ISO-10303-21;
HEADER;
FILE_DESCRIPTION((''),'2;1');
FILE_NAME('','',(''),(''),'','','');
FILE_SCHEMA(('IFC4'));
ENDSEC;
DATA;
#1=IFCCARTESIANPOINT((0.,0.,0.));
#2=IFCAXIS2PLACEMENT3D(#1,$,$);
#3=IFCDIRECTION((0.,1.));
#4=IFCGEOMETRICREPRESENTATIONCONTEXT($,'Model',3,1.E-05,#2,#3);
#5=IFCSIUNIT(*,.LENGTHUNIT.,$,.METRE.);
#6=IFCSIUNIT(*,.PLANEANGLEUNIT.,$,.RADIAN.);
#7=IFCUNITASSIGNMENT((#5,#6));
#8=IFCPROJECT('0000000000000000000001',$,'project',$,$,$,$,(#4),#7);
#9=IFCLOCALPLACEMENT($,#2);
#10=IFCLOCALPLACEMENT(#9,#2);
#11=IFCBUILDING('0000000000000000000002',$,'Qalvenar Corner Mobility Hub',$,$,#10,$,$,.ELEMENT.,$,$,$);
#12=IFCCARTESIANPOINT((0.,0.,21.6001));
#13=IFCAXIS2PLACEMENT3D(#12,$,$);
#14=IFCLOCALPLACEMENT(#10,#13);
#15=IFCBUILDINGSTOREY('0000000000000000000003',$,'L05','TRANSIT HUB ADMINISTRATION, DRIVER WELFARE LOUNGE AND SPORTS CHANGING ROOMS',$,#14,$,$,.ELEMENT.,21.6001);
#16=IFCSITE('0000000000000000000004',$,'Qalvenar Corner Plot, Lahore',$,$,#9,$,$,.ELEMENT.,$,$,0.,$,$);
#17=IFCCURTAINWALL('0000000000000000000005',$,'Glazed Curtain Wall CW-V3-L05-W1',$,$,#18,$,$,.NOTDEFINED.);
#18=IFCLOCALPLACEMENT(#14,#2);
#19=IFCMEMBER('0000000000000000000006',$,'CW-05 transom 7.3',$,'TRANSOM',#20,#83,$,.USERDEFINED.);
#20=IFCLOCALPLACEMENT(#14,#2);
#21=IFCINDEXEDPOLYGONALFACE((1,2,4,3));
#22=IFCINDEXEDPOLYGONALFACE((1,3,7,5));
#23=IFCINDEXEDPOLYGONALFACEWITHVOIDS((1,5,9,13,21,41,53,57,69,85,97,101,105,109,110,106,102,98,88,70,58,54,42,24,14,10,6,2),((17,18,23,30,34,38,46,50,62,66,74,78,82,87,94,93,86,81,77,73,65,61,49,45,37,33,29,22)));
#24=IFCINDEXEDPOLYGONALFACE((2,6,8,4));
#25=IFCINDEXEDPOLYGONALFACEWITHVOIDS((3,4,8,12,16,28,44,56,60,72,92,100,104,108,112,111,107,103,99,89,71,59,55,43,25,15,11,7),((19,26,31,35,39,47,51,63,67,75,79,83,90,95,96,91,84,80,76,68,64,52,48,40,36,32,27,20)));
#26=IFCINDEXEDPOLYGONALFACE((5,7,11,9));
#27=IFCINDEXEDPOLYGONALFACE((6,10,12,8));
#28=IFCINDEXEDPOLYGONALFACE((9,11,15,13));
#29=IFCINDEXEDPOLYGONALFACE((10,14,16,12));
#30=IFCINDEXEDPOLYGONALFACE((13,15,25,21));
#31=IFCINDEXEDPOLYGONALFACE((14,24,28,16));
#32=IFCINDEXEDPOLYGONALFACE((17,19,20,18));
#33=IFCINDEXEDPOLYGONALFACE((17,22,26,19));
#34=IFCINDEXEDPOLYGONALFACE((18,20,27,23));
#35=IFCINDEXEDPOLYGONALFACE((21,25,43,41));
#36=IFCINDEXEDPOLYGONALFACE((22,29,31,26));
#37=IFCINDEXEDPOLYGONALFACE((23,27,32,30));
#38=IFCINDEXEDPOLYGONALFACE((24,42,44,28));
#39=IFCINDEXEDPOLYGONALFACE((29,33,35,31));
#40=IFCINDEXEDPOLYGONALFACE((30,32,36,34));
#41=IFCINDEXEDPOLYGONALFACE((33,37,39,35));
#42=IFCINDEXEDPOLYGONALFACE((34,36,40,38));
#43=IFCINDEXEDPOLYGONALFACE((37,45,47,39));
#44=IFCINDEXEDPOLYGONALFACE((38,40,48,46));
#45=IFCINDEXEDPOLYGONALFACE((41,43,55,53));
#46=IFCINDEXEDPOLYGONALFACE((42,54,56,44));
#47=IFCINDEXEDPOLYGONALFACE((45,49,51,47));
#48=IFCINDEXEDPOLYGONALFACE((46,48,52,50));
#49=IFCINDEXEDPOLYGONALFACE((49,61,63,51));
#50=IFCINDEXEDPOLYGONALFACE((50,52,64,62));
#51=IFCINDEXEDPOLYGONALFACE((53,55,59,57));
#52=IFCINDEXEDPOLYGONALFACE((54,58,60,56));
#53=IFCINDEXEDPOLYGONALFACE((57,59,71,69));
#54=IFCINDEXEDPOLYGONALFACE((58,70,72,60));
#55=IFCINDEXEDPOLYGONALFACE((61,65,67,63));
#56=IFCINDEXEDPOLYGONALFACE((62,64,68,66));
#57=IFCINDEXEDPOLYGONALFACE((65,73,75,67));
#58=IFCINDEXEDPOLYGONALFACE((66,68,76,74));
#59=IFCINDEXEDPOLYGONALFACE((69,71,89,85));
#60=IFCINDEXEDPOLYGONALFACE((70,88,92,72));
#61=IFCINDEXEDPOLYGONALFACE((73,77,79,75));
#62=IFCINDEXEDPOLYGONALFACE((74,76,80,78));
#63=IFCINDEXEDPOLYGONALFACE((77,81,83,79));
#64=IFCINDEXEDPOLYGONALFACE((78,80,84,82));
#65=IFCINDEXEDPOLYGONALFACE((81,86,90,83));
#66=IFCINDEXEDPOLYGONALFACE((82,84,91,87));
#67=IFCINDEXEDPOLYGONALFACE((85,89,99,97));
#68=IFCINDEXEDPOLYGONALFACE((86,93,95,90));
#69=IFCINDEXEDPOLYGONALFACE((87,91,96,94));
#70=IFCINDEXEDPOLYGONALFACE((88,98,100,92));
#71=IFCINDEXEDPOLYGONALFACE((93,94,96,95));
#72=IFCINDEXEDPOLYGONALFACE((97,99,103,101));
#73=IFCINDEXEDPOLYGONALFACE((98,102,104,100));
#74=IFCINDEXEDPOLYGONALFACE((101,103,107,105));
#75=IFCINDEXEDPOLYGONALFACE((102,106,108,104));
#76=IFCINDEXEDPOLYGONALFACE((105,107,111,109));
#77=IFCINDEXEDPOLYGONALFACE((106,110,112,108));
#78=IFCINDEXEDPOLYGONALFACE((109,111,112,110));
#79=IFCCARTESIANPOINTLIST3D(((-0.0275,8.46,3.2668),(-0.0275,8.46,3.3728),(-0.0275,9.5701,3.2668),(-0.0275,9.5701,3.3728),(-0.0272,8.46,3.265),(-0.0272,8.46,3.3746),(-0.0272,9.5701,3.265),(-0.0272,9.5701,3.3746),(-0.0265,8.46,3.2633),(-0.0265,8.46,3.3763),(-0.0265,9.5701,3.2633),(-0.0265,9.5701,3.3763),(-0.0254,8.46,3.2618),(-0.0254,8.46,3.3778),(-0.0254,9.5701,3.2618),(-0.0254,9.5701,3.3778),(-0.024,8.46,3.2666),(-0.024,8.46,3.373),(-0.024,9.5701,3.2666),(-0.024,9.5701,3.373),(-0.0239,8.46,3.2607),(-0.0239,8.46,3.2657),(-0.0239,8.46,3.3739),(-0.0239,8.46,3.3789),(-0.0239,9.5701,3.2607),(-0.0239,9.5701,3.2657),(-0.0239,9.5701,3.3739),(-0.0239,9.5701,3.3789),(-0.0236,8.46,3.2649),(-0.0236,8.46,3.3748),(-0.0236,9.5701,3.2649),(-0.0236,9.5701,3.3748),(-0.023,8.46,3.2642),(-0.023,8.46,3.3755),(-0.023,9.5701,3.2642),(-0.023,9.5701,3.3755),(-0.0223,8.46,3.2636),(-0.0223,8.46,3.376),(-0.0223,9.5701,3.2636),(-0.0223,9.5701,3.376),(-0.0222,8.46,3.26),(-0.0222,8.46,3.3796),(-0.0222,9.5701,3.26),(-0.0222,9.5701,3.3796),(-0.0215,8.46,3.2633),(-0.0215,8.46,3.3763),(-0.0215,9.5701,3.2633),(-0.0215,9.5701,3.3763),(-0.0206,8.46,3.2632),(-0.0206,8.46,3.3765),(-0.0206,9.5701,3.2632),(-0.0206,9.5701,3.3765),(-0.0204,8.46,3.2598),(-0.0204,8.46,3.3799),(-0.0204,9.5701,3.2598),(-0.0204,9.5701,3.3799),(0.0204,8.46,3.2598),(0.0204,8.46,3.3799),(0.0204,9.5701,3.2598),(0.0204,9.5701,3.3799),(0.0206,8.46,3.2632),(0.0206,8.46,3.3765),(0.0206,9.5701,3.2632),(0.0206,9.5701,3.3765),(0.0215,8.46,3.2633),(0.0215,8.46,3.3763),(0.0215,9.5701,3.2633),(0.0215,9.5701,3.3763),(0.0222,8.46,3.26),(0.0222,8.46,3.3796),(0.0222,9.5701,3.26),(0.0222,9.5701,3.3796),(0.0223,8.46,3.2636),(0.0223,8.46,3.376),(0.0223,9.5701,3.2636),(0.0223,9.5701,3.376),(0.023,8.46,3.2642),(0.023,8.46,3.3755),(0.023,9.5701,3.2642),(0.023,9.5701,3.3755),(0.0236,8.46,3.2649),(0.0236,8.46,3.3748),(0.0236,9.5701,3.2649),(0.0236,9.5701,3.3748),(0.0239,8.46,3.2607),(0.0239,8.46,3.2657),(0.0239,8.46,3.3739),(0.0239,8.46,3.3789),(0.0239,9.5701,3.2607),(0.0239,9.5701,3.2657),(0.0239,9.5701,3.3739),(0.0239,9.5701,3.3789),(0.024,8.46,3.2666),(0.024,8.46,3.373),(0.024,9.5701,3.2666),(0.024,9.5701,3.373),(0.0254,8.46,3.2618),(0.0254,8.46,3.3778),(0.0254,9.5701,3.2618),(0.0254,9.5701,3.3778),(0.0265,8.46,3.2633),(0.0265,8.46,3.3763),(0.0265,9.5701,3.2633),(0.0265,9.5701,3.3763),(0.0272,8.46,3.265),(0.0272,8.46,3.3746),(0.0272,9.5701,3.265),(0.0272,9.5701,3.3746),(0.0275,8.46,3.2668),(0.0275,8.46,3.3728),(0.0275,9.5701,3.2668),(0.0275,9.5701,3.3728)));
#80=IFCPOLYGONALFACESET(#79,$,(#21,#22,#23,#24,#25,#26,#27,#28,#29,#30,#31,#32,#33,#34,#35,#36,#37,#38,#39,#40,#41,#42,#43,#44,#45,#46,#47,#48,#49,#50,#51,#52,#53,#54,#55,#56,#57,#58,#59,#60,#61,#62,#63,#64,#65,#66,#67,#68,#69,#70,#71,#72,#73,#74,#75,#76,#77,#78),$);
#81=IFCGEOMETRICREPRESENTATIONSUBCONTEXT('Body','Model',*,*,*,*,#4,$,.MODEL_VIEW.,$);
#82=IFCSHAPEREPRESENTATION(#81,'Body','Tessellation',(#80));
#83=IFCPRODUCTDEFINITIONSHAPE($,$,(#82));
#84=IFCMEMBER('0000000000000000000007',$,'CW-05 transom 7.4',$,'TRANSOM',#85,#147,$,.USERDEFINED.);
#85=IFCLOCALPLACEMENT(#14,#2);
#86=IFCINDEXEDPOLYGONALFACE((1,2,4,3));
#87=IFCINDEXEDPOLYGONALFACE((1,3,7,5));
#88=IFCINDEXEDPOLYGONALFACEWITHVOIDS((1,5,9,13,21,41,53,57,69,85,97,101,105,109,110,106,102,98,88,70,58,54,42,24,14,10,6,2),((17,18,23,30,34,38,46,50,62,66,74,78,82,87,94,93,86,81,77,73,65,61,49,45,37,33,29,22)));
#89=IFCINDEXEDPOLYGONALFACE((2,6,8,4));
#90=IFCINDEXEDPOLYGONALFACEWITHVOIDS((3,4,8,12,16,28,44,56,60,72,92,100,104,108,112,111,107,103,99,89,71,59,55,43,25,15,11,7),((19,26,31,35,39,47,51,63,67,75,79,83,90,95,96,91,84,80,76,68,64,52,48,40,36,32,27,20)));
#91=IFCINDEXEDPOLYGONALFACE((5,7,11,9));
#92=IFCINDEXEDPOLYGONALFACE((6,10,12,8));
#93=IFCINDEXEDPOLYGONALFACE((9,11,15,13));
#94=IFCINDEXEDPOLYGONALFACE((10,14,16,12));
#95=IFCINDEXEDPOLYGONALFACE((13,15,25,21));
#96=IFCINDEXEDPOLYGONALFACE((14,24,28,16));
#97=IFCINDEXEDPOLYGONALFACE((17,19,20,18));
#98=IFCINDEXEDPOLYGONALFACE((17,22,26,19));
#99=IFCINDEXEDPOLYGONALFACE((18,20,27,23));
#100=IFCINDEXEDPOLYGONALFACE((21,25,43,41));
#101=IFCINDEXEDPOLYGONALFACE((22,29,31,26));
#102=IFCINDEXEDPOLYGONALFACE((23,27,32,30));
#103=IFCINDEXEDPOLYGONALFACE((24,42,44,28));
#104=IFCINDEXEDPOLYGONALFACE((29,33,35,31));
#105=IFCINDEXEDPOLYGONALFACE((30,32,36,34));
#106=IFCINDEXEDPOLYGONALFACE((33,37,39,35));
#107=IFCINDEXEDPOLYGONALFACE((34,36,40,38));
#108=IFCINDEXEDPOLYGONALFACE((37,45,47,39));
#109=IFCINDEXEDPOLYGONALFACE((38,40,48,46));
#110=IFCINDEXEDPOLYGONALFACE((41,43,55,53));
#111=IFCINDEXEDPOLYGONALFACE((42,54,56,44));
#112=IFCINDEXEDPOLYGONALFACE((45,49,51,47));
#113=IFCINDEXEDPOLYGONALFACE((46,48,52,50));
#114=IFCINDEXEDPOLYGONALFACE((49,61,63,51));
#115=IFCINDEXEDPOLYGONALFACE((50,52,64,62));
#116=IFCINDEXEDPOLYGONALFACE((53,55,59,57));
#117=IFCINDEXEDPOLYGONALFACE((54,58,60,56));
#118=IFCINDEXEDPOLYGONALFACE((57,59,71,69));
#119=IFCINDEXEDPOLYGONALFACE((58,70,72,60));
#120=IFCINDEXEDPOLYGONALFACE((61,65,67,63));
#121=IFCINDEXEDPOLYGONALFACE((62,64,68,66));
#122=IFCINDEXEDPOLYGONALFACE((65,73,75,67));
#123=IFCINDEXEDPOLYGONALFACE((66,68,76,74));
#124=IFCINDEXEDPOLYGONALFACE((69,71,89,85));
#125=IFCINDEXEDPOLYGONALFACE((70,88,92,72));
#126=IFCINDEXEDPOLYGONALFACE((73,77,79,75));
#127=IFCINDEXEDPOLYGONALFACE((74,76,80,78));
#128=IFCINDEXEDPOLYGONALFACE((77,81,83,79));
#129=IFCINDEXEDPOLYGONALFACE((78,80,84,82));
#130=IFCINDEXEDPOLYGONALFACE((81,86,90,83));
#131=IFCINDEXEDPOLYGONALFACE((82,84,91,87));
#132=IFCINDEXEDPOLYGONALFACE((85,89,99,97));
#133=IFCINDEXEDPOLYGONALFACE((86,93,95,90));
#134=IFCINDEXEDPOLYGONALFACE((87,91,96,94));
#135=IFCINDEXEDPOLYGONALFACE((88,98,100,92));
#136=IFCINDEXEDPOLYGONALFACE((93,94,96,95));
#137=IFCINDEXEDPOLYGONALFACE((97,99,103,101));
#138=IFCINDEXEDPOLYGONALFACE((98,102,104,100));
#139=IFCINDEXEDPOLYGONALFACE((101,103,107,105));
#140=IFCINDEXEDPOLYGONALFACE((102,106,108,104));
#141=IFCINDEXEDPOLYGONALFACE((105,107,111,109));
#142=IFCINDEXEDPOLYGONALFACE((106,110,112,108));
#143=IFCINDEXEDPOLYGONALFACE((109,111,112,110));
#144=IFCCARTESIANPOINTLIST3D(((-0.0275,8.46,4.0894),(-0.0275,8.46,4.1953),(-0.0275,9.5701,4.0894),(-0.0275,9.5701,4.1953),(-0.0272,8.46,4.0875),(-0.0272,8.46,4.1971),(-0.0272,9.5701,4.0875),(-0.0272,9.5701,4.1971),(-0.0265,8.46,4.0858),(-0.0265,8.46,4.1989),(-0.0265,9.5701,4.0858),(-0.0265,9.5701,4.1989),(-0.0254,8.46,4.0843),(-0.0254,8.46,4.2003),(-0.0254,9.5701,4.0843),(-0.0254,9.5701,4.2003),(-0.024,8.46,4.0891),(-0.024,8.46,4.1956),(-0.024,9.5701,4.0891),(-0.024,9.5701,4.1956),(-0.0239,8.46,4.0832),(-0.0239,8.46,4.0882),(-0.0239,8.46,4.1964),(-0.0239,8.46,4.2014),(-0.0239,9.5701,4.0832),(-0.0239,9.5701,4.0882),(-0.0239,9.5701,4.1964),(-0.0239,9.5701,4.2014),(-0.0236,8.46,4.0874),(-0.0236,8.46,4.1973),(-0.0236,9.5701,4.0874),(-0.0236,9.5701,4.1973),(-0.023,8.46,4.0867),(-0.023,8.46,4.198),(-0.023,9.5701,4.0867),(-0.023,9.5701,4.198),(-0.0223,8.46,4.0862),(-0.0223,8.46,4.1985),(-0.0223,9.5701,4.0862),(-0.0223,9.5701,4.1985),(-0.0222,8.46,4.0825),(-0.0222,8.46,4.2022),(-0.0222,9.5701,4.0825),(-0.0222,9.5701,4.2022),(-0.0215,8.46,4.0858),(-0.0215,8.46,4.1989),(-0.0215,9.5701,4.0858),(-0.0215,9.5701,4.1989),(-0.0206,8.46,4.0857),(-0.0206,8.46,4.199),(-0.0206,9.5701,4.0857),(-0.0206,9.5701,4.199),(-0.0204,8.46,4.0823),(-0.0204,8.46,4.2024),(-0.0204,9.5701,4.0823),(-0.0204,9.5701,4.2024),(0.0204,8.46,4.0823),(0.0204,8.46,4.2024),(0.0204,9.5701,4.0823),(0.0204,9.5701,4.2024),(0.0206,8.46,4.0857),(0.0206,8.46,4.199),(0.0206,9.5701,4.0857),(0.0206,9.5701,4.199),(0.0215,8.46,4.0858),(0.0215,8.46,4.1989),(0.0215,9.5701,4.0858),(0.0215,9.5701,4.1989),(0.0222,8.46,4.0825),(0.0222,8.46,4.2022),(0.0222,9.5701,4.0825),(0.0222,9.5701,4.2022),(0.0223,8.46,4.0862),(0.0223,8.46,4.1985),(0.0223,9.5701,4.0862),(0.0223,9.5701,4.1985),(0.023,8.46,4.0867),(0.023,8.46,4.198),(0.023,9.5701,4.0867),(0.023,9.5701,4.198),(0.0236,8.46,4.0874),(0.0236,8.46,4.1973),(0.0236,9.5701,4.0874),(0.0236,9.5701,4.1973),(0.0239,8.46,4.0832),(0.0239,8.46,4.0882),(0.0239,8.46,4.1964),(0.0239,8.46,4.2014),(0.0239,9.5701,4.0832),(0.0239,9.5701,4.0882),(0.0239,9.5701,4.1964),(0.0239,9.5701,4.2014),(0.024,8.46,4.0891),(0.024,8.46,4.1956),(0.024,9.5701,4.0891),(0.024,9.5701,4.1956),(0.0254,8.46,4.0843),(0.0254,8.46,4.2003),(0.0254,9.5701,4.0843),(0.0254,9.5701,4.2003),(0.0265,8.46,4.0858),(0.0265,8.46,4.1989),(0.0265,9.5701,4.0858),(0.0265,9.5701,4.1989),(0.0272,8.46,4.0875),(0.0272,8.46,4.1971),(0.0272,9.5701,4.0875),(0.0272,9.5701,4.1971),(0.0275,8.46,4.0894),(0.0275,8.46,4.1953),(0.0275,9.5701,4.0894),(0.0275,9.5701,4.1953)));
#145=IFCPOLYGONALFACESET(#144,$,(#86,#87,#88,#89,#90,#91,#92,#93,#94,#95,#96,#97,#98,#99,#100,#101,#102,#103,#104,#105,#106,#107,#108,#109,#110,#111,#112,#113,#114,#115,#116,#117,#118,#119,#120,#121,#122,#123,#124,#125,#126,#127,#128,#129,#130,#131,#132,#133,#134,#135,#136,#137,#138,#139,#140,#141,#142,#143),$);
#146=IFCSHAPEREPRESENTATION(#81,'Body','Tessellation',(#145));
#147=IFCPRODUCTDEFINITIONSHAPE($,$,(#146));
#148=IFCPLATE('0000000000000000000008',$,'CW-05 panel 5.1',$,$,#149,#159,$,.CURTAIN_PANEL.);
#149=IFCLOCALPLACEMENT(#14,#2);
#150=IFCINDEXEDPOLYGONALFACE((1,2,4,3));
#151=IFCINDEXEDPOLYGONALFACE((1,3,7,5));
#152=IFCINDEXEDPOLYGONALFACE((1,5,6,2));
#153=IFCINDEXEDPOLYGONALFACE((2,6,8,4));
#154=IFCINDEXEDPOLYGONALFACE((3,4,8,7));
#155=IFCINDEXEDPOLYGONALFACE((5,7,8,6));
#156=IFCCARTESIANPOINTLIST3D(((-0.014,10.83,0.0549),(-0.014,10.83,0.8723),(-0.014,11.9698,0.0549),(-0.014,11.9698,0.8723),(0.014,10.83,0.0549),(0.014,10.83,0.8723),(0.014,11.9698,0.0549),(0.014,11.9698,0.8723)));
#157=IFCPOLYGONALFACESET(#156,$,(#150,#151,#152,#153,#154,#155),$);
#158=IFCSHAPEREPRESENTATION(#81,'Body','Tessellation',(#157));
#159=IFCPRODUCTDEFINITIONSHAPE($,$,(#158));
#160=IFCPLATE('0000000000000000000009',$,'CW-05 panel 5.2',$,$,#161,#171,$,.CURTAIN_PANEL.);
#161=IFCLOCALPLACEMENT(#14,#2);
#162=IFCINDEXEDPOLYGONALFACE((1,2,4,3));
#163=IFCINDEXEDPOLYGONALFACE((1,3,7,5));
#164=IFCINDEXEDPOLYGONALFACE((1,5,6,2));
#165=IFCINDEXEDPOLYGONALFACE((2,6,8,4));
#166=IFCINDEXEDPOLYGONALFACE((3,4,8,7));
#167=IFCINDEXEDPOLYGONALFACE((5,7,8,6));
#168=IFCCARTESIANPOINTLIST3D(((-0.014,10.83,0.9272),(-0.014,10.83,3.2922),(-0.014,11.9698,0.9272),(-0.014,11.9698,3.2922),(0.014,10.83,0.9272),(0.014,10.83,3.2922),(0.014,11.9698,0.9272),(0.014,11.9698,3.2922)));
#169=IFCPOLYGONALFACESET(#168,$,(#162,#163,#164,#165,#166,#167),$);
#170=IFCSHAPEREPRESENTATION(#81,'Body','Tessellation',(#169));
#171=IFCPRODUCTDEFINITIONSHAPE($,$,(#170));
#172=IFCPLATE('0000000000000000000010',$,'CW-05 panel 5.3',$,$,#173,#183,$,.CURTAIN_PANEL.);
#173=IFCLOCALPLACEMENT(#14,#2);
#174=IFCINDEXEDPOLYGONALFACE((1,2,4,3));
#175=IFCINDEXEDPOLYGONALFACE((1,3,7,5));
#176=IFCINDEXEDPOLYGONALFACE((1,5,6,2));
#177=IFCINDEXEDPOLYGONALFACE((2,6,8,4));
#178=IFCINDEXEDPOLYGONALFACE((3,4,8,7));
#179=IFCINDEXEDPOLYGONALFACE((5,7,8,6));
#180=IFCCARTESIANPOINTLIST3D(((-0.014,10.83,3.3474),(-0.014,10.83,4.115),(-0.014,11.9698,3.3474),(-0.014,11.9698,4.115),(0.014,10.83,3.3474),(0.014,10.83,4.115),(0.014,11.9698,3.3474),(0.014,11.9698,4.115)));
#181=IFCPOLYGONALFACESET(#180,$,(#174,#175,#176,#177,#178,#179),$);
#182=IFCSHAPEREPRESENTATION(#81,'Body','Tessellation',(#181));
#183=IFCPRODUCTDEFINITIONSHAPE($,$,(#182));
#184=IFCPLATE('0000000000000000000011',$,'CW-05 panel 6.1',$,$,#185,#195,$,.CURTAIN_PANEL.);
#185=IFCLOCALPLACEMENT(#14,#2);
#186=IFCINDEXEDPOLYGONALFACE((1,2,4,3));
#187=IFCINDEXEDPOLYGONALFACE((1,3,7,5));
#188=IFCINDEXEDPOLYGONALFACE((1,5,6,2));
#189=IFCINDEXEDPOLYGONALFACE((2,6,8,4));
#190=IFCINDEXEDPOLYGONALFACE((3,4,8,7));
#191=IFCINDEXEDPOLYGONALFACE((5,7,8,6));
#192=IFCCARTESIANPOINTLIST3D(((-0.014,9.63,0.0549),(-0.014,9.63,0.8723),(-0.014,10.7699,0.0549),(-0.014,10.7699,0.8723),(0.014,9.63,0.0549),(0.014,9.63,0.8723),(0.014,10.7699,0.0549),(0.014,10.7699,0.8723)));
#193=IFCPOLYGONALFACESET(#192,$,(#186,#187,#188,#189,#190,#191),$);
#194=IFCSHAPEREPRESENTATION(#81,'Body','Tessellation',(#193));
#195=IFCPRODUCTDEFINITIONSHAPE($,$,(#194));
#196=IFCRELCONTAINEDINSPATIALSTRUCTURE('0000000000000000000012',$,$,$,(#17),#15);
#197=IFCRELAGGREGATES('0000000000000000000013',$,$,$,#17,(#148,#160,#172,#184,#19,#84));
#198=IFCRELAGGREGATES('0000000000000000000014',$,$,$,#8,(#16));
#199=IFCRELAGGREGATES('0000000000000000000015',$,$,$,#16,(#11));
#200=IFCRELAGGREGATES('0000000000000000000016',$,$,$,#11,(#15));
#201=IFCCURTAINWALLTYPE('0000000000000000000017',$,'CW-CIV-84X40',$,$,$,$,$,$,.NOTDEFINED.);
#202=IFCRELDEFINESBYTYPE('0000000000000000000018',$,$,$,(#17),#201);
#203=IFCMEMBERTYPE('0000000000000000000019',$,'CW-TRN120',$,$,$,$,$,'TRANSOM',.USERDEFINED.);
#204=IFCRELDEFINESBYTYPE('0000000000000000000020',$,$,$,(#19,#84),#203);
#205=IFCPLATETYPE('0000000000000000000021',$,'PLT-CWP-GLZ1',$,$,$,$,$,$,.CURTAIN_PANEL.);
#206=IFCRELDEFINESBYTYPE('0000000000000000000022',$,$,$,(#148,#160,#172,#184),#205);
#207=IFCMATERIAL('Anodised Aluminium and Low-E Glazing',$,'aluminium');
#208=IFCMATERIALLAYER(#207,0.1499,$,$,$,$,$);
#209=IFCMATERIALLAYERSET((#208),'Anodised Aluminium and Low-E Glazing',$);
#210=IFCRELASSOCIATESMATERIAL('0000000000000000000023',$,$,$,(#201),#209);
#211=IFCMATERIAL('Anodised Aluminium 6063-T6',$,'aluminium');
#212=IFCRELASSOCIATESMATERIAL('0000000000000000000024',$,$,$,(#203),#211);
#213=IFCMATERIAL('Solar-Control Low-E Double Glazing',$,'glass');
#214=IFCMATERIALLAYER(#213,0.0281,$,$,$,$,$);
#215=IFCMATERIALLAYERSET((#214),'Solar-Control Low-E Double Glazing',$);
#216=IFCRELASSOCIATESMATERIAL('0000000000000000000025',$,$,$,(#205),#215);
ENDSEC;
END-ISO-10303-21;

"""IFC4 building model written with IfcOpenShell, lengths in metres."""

from ifc_helpers import new_model, si_unit, direction, frame, origin, origin_2d, place, context, subcontext, project, spatial, rectangle, hollow_rectangle, extrude, material, layer, layer_set, material_profile, profile_set, type_object, element, aggregate, save


model = new_model("IFC4")

# Units and contexts
model_context = context("Model", 3, precision=1e-05, world=origin(), true_north=direction((0.0, 1.0)))
body_context = subcontext(model_context, "Body", "Model", "MODEL_VIEW")
ifc_project = project(units=[si_unit("LENGTHUNIT", "METRE"), si_unit("PLANEANGLEUNIT", "RADIAN")], contexts=[model_context])

# Site, building, storey
site_placement = place(None, origin())
site = spatial("IfcSite", under=ifc_project, at=site_placement, Name="Qalvenar Corner Plot, Lahore", CompositionType="ELEMENT", RefElevation=0.0)
building_placement = place(site_placement, origin())
building = spatial("IfcBuilding", under=site, at=building_placement, Name="Qalvenar Corner Mobility Hub", CompositionType="ELEMENT")
storey_placement = place(building_placement, frame((0.0, 0.0, 21.6001)))
storey = spatial("IfcBuildingStorey", under=building, at=storey_placement, Name="L05", Description="TRANSIT HUB ADMINISTRATION, DRIVER WELFARE LOUNGE AND SPORTS CHANGING ROOMS", CompositionType="ELEMENT", Elevation=21.6001)

# Curtain wall, members, plates
ifc_material_1 = material(Name="Anodised Aluminium and Low-E Glazing", Category="aluminium")
ifc_layer_1 = layer(ifc_material_1, 0.1499)
ifc_layer_set_1 = layer_set([ifc_layer_1], Name="Anodised Aluminium and Low-E Glazing")
curtain_wall_type = type_object("IfcCurtainWallType", Name="CW-CIV-84X40", PredefinedType="NOTDEFINED", material=ifc_layer_set_1)
curtain_wall_placement = place(storey_placement, origin())
curtain_wall = element("IfcCurtainWall", 1, at=curtain_wall_placement, inside=storey, type_object=curtain_wall_type, Name="Glazed Curtain Wall CW-V3-L05-W1", PredefinedType="NOTDEFINED")
ifc_material_2 = material(Name="Anodised Aluminium 6063-T6", Category="aluminium")
ifc_material_profile_1 = material_profile(ifc_material_2, hollow_rectangle(XDim=0.0549, YDim=0.1201, WallThickness=0.0034, InnerFilletRadius=0.0034, OuterFilletRadius=0.0071, at=origin_2d()), Name="RHS120x55x3.5")
ifc_profile_set_1 = profile_set([ifc_material_profile_1], Name="Anodised Aluminium 6063-T6")
member_type_1 = type_object("IfcMemberType", Name="CW-TRN120", ElementType="TRANSOM", PredefinedType="USERDEFINED", material=ifc_profile_set_1)
member_1_placement = place(storey_placement, frame((0.0, 9.5701, 3.3198), z_axis=(0.0, -1.0, 0.0), x_axis=(1.0, 0.0, 0.0)))
member_1 = element("IfcMember", 2, at=member_1_placement, type_object=member_type_1, Name="CW-05 transom 7.3", ObjectType="TRANSOM", PredefinedType="USERDEFINED", context=body_context, shape_type="SweptSolid", body=[
    extrude(hollow_rectangle(XDim=0.0549, YDim=0.1201, WallThickness=0.0034, InnerFilletRadius=0.0034, OuterFilletRadius=0.0071, at=origin_2d()), origin(), (0.0, 0.0, 1.0), 1.1101),
])
member_2_placement = place(storey_placement, frame((0.0, 9.5701, 4.1423), z_axis=(0.0, -1.0, 0.0), x_axis=(1.0, 0.0, 0.0)))
member_2 = element("IfcMember", 3, at=member_2_placement, type_object=member_type_1, Name="CW-05 transom 7.4", ObjectType="TRANSOM", PredefinedType="USERDEFINED", context=body_context, shape_type="SweptSolid", body=[
    extrude(hollow_rectangle(XDim=0.0549, YDim=0.1201, WallThickness=0.0034, InnerFilletRadius=0.0034, OuterFilletRadius=0.0071, at=origin_2d()), origin(), (0.0, 0.0, 1.0), 1.1101),
])
ifc_material_3 = material(Name="Solar-Control Low-E Double Glazing", Category="glass")
ifc_layer_2 = layer(ifc_material_3, 0.0281)
ifc_layer_set_2 = layer_set([ifc_layer_2], Name="Solar-Control Low-E Double Glazing")
plate_type = type_object("IfcPlateType", Name="PLT-CWP-GLZ1", PredefinedType="CURTAIN_PANEL", material=ifc_layer_set_2)
plate_1_placement = place(storey_placement, frame((0.0, 11.3999, 0.0549), z_axis=(0.0, 0.0, 1.0), x_axis=(0.0, -1.0, 0.0)))
plate_1 = element("IfcPlate", 4, at=plate_1_placement, type_object=plate_type, Name="CW-05 panel 5.1", PredefinedType="CURTAIN_PANEL", context=body_context, shape_type="SweptSolid", body=[
    extrude(rectangle(XDim=1.1399, YDim=0.0281, at=origin_2d()), origin(), (0.0, 0.0, 1.0), 0.8174),
])
plate_2_placement = place(storey_placement, frame((0.0, 11.3999, 0.9272), z_axis=(0.0, 0.0, 1.0), x_axis=(0.0, -1.0, 0.0)))
plate_2 = element("IfcPlate", 5, at=plate_2_placement, type_object=plate_type, Name="CW-05 panel 5.2", PredefinedType="CURTAIN_PANEL", context=body_context, shape_type="SweptSolid", body=[
    extrude(rectangle(XDim=1.1399, YDim=0.0281, at=origin_2d()), origin(), (0.0, 0.0, 1.0), 2.365),
])
plate_3_placement = place(storey_placement, frame((0.0, 11.3999, 3.3474), z_axis=(0.0, 0.0, 1.0), x_axis=(0.0, -1.0, 0.0)))
plate_3 = element("IfcPlate", 6, at=plate_3_placement, type_object=plate_type, Name="CW-05 panel 5.3", PredefinedType="CURTAIN_PANEL", context=body_context, shape_type="SweptSolid", body=[
    extrude(rectangle(XDim=1.1399, YDim=0.0281, at=origin_2d()), origin(), (0.0, 0.0, 1.0), 0.7676),
])
plate_4_placement = place(storey_placement, frame((0.0, 10.2, 0.0549), z_axis=(0.0, 0.0, 1.0), x_axis=(0.0, -1.0, 0.0)))
plate_4 = element("IfcPlate", 7, at=plate_4_placement, type_object=plate_type, Name="CW-05 panel 6.1", PredefinedType="CURTAIN_PANEL", context=body_context, shape_type="SweptSolid", body=[
    extrude(rectangle(XDim=1.1399, YDim=0.0281, at=origin_2d()), origin(), (0.0, 0.0, 1.0), 0.8174),
])
aggregate(curtain_wall, [plate_1, plate_2, plate_3, plate_4, member_1, member_2])

save(model, "model.ifc")
